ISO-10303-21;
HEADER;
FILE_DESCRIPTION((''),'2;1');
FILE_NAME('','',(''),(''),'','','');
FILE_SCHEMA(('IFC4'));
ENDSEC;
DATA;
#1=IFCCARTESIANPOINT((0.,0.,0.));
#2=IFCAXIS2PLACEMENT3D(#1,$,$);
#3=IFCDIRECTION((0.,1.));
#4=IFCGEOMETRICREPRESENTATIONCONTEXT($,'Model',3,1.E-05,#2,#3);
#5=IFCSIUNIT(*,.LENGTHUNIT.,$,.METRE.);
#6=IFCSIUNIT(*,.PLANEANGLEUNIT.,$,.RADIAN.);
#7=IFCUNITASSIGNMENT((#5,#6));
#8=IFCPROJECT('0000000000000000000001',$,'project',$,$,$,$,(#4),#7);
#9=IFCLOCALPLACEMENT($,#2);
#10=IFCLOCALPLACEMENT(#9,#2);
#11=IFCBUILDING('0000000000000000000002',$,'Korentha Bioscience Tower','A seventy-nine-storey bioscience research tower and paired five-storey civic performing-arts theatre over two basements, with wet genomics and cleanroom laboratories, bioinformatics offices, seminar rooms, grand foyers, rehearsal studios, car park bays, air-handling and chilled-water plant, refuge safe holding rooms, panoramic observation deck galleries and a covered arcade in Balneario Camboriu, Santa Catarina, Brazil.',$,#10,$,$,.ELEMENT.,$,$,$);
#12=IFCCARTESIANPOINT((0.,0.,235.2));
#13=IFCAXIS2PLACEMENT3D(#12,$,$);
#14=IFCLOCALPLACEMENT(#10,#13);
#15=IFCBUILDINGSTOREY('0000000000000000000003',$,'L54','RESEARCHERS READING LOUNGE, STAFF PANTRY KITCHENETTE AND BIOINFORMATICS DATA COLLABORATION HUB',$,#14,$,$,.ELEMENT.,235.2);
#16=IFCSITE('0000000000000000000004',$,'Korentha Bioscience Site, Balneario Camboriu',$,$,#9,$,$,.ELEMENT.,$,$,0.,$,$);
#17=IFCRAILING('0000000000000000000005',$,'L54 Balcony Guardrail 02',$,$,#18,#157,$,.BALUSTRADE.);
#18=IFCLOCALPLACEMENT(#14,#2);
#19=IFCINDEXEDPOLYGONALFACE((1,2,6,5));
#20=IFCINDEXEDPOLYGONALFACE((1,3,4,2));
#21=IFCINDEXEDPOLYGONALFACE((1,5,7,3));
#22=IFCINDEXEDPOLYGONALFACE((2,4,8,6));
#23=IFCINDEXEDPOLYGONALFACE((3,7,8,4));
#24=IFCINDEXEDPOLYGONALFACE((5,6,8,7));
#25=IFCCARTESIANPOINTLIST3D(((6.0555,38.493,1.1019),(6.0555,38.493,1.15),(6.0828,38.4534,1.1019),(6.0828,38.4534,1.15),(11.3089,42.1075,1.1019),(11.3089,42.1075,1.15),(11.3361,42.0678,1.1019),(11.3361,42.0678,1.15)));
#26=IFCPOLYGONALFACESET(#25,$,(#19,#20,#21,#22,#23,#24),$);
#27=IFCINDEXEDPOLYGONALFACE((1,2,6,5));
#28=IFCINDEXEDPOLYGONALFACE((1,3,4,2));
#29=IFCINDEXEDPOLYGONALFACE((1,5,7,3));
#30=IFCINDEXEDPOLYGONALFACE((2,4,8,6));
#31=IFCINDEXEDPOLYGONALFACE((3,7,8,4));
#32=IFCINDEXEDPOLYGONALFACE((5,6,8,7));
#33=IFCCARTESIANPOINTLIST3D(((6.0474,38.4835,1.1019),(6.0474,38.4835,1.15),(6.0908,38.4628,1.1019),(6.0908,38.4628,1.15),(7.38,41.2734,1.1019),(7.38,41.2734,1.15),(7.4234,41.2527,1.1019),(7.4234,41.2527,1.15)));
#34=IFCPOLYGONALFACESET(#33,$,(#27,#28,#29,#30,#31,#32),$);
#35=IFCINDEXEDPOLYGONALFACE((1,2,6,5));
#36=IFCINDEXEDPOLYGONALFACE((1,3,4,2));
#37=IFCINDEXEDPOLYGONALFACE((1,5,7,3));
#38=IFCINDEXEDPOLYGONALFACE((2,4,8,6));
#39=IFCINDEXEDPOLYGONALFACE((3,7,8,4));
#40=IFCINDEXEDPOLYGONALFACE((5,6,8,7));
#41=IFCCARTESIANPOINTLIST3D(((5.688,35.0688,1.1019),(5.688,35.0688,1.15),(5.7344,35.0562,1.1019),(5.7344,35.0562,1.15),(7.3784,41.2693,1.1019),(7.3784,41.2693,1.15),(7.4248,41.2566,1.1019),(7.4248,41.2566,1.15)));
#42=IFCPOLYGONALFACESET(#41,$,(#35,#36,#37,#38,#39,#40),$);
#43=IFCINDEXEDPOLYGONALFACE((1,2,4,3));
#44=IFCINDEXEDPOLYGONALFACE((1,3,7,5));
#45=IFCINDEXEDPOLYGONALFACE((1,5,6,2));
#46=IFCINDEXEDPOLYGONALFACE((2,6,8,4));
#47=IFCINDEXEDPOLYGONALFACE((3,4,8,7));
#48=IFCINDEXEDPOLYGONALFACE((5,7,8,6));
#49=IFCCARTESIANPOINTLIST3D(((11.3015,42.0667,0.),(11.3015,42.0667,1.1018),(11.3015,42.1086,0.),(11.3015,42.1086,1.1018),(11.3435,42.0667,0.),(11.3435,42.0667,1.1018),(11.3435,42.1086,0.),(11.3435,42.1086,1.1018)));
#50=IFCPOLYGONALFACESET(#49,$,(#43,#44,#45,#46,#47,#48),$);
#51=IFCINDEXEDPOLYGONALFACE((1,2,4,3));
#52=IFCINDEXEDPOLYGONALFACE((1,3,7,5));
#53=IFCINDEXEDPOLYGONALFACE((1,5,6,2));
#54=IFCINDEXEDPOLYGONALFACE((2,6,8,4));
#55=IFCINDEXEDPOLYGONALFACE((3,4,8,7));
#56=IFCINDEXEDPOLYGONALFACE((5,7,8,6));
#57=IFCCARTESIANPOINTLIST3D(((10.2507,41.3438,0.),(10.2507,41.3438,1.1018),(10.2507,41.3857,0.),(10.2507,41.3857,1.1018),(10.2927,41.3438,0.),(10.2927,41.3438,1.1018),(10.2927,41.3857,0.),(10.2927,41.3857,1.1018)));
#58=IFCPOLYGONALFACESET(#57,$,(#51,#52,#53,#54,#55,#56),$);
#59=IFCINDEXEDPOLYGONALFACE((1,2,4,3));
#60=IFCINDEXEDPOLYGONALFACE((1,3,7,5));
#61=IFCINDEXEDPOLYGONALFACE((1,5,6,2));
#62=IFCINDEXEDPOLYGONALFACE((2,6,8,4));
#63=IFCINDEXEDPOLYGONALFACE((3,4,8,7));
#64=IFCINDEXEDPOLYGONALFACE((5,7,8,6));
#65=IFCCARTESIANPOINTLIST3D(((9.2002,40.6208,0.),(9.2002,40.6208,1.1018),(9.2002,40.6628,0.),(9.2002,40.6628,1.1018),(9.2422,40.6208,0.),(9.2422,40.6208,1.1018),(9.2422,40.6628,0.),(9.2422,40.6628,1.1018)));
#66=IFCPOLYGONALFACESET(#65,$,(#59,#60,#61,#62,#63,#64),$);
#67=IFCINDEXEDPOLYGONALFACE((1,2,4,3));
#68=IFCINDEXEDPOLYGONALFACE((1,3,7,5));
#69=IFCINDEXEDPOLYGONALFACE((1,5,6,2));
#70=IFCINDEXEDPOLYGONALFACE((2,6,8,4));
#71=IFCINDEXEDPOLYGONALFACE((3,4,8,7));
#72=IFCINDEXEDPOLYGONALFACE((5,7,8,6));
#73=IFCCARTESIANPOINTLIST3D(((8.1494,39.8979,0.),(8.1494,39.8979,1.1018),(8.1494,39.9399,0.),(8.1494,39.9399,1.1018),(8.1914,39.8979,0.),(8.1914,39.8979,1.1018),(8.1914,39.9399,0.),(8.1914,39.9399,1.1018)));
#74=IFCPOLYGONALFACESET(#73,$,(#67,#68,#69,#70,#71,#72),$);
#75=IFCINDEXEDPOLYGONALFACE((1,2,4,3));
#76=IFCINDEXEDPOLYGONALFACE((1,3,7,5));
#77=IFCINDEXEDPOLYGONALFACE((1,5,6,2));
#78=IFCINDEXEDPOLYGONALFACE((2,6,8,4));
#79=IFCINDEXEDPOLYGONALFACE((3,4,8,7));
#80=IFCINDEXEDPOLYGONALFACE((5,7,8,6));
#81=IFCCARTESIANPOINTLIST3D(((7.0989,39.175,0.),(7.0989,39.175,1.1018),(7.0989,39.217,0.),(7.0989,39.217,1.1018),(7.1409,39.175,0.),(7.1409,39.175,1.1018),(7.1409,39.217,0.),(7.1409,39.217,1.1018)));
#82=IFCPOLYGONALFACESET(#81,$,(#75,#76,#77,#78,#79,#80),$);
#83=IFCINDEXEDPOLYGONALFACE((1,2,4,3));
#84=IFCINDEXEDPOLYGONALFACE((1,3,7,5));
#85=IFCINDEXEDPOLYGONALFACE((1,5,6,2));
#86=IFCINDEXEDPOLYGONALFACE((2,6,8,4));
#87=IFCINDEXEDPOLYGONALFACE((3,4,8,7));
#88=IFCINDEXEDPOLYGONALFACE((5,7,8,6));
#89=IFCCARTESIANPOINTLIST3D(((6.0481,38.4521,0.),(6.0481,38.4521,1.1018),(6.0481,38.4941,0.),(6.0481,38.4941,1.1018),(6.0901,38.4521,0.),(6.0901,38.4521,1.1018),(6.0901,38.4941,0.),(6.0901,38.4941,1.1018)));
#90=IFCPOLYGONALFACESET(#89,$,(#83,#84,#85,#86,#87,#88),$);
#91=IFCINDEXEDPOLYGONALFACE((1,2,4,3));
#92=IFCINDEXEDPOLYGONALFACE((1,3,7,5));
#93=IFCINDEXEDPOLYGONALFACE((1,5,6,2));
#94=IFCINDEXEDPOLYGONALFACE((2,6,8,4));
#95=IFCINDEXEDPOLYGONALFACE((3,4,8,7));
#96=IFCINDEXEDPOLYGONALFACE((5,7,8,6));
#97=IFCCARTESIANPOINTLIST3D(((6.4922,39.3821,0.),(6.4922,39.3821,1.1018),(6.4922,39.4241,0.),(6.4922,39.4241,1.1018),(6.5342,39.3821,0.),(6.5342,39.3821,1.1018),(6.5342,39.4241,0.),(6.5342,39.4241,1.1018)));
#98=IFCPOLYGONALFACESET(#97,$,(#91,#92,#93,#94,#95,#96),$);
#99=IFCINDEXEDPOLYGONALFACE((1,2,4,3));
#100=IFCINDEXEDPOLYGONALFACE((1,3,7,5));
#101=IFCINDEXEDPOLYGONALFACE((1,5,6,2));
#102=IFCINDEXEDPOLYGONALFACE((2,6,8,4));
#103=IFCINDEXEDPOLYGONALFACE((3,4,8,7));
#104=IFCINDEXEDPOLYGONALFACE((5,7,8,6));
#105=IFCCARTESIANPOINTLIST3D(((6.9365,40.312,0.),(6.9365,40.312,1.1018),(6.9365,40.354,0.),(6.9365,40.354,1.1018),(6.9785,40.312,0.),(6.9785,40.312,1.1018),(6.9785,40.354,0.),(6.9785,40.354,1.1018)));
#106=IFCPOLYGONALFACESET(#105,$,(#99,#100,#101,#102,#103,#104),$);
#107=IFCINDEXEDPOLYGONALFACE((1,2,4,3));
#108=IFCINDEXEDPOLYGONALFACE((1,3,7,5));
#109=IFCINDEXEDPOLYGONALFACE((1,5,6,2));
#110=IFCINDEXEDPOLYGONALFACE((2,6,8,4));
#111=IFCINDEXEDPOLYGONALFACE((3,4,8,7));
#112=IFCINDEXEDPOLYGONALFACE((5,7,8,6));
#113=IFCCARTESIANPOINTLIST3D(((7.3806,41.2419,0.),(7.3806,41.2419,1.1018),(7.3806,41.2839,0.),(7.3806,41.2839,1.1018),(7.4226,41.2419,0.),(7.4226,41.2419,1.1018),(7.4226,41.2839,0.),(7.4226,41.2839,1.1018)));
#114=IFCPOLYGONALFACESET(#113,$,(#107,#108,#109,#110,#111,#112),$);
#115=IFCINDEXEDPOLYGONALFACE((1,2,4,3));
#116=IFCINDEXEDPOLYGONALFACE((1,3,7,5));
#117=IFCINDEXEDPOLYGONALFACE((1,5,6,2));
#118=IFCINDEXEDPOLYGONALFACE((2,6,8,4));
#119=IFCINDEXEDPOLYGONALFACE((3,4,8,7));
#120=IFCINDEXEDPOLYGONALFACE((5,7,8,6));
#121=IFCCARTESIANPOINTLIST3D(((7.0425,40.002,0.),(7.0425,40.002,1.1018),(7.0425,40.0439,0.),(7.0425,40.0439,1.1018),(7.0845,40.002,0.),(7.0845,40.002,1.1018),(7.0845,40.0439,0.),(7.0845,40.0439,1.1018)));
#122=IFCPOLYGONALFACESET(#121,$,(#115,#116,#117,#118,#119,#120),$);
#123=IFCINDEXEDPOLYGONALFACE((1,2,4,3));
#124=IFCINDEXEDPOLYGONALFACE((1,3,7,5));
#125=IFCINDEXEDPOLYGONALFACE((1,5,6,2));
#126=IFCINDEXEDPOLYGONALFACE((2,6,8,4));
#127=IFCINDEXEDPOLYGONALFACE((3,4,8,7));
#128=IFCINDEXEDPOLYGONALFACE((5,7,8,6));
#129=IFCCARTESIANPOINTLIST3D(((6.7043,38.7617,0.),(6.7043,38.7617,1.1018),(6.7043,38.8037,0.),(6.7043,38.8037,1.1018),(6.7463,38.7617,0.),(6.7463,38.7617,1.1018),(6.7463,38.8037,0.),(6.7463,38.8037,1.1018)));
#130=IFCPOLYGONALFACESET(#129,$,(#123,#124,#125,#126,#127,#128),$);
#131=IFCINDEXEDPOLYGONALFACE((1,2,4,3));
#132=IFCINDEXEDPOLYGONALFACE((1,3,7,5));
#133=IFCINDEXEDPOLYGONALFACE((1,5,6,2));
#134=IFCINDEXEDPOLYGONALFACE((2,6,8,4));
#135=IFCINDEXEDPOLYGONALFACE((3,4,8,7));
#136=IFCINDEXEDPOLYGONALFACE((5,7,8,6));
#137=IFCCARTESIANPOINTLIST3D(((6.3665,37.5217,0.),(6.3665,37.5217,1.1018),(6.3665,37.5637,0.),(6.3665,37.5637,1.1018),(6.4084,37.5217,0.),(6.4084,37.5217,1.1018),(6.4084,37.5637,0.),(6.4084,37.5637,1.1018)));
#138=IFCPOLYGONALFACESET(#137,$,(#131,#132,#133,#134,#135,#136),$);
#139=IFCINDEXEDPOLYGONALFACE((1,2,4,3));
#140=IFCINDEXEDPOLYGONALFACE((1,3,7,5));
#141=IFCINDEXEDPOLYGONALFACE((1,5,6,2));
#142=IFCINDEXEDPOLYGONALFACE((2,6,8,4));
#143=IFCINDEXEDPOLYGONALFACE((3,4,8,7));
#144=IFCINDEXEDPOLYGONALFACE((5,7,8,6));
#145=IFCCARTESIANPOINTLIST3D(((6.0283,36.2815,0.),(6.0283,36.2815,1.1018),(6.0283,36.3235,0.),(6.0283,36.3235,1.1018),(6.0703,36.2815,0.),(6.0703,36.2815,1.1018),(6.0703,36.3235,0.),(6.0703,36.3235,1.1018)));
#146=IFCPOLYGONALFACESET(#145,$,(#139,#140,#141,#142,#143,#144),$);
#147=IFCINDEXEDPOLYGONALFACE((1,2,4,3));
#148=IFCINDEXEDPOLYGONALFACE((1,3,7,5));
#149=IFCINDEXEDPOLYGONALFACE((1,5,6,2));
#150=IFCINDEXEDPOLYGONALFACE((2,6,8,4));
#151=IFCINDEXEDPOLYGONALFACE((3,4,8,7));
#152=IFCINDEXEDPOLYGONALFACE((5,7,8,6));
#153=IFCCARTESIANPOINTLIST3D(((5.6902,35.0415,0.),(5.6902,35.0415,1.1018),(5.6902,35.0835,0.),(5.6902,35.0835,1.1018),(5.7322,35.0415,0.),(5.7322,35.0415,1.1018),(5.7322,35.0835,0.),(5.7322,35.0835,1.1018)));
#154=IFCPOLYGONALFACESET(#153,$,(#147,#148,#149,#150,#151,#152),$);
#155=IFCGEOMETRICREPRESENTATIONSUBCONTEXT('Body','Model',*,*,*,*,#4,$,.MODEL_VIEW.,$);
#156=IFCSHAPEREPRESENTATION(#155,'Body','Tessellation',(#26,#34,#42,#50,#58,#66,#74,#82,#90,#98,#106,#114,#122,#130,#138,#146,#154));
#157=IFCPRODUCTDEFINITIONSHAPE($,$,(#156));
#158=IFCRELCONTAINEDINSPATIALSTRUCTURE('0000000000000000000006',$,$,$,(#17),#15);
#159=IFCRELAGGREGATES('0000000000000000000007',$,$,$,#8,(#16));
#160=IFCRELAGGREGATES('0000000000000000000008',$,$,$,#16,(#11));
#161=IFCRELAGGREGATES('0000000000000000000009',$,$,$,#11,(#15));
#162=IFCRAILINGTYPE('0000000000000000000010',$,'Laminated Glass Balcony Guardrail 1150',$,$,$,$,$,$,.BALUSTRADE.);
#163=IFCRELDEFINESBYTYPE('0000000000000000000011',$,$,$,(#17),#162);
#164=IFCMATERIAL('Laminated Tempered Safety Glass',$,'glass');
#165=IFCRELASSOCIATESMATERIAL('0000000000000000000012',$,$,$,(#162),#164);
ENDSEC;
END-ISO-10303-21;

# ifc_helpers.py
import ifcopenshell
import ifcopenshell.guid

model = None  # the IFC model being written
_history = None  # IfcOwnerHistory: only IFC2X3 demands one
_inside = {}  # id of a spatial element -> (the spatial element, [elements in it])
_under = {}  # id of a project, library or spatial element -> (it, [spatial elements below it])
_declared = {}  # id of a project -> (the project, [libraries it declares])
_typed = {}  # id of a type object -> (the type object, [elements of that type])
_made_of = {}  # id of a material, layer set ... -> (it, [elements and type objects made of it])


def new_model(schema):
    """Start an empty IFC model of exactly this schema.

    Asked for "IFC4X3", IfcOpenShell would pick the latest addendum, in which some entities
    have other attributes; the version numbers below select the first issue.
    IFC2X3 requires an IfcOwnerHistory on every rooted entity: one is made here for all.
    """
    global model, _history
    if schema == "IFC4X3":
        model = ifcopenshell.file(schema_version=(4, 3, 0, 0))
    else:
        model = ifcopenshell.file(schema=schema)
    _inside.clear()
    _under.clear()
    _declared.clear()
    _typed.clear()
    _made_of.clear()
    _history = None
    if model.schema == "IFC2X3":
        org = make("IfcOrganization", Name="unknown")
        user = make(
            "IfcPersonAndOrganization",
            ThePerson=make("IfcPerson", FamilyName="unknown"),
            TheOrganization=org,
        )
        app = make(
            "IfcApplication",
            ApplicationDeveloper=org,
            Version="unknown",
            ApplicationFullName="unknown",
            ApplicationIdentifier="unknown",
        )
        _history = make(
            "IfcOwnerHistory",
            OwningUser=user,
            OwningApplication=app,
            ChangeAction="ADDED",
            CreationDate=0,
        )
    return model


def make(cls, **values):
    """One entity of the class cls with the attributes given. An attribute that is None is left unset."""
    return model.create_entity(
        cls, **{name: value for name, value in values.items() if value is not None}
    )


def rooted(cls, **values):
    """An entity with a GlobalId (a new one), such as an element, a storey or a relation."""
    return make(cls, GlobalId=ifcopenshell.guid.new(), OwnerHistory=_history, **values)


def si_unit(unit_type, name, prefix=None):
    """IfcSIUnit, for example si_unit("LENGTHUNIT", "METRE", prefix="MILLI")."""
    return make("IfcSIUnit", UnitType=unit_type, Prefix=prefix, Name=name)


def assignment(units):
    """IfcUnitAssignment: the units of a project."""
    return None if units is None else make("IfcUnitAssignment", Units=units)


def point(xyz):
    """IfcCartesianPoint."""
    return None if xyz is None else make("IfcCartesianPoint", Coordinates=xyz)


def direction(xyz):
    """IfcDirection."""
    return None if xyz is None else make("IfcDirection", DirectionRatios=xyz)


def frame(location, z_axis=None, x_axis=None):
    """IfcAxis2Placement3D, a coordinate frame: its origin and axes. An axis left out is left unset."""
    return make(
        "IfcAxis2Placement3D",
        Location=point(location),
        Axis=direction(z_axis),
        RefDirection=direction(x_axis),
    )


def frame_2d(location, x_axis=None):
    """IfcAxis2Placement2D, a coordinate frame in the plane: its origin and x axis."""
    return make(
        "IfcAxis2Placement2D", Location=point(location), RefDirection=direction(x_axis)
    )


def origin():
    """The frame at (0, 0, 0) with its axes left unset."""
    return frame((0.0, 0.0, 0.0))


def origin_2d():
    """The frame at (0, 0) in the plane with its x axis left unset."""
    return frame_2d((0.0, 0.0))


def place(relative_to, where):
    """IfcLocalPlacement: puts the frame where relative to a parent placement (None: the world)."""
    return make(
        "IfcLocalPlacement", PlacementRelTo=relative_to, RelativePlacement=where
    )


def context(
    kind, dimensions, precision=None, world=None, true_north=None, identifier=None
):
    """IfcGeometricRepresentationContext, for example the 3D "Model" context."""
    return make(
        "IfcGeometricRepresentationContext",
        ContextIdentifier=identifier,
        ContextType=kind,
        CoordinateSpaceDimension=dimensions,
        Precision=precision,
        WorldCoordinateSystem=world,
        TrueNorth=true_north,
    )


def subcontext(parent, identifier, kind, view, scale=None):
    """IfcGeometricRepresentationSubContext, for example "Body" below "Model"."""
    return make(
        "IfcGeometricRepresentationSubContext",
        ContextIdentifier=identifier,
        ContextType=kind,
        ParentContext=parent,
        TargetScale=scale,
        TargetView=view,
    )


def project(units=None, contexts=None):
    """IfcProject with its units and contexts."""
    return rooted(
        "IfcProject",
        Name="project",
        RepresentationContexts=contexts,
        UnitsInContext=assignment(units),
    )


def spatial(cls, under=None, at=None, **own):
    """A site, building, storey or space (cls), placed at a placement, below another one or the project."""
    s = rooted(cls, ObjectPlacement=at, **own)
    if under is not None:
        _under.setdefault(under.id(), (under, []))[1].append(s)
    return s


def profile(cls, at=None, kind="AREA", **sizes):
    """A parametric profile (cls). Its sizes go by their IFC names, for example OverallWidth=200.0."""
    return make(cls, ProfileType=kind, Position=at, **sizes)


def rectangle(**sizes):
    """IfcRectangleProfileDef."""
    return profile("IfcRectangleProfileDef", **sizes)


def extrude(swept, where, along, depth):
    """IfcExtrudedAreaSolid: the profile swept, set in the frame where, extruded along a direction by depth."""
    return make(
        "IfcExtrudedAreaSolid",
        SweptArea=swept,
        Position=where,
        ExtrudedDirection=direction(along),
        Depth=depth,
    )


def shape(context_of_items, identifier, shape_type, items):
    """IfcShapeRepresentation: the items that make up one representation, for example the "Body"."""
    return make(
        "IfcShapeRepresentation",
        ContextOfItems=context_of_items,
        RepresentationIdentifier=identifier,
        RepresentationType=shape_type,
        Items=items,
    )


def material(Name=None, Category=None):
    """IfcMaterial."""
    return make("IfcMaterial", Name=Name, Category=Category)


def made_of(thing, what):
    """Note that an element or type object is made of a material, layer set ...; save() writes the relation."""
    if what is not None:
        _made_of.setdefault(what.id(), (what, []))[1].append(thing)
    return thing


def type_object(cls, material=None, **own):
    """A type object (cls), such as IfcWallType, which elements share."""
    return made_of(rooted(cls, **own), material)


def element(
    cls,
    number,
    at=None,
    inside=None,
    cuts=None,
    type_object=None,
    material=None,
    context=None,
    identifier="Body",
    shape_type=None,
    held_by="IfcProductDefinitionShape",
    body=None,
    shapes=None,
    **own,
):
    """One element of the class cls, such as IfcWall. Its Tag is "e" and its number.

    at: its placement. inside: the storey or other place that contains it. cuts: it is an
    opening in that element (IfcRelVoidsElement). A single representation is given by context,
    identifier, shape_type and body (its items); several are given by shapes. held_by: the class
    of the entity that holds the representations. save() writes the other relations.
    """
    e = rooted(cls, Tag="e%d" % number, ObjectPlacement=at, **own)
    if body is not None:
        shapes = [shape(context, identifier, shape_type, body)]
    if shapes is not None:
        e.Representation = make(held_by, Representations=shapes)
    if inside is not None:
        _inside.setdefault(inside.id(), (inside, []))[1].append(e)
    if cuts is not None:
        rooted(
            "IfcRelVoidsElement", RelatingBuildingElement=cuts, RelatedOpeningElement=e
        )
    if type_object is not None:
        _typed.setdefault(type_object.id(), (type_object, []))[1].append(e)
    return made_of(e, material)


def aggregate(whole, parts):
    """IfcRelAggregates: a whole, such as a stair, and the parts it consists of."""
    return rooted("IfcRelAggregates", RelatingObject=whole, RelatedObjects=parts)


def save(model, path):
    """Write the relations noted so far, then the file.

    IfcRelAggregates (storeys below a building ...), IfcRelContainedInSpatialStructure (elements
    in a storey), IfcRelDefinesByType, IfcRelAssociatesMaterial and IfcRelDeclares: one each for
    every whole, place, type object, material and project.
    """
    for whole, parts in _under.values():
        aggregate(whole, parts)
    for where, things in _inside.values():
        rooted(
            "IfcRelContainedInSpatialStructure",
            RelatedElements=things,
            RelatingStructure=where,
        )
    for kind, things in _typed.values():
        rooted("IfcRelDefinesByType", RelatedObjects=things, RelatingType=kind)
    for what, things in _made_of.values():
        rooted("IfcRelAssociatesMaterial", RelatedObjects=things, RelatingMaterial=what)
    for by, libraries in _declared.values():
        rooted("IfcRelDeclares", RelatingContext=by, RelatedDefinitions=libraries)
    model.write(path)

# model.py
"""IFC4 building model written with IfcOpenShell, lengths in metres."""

from ifc_helpers import new_model, si_unit, direction, frame, origin, origin_2d, place, context, subcontext, project, spatial, rectangle, extrude, material, type_object, element, save


model = new_model("IFC4")

# Units and contexts
model_context = context("Model", 3, precision=1e-05, world=origin(), true_north=direction((0.0, 1.0)))
body_context = subcontext(model_context, "Body", "Model", "MODEL_VIEW")
ifc_project = project(units=[si_unit("LENGTHUNIT", "METRE"), si_unit("PLANEANGLEUNIT", "RADIAN")], contexts=[model_context])

# Site, building, storey
site_placement = place(None, origin())
site = spatial("IfcSite", under=ifc_project, at=site_placement, Name="Korentha Bioscience Site, Balneario Camboriu", CompositionType="ELEMENT", RefElevation=0.0)
building_placement = place(site_placement, origin())
building = spatial("IfcBuilding", under=site, at=building_placement, Name="Korentha Bioscience Tower", Description="A seventy-nine-storey bioscience research tower and paired five-storey civic performing-arts theatre over two basements, with wet genomics and cleanroom laboratories, bioinformatics offices, seminar rooms, grand foyers, rehearsal studios, car park bays, air-handling and chilled-water plant, refuge safe holding rooms, panoramic observation deck galleries and a covered arcade in Balneario Camboriu, Santa Catarina, Brazil.", CompositionType="ELEMENT")
storey_placement = place(building_placement, frame((0.0, 0.0, 235.2)))
storey = spatial("IfcBuildingStorey", under=building, at=storey_placement, Name="L54", Description="RESEARCHERS READING LOUNGE, STAFF PANTRY KITCHENETTE AND BIOINFORMATICS DATA COLLABORATION HUB", CompositionType="ELEMENT", Elevation=235.2)

# Railing
ifc_material_1 = material(Name="Laminated Tempered Safety Glass", Category="glass")
railing_type = type_object("IfcRailingType", Name="Laminated Glass Balcony Guardrail 1150", PredefinedType="BALUSTRADE", material=ifc_material_1)
railing_placement = place(storey_placement, frame((11.3225, 42.0876, 0.0)))
element("IfcRailing", 1, at=railing_placement, inside=storey, type_object=railing_type, Name="L54 Balcony Guardrail 02", PredefinedType="BALUSTRADE", context=body_context, shape_type="SweptSolid", body=[
    extrude(rectangle(XDim=0.0481, YDim=0.0481, at=origin_2d()), frame((0.0, 0.0, 1.126), z_axis=(-0.823839, -0.566825, 0.0), x_axis=(0.566825, -0.823839, 0.0)), (0.0, 0.0, 1.0), 6.3767),
    extrude(rectangle(XDim=0.0481, YDim=0.0481, at=origin_2d()), frame((-5.2534, -3.6145, 1.126), z_axis=(0.431, 0.902352, 0.0), x_axis=(-0.902352, 0.431, 0.0)), (0.0, 0.0, 1.0), 3.0918),
    extrude(rectangle(XDim=0.0481, YDim=0.0481, at=origin_2d()), frame((-3.9209, -0.8247, 1.126), z_axis=(-0.263031, -0.964787, 0.0), x_axis=(0.964787, -0.263031, 0.0)), (0.0, 0.0, 1.0), 6.4268),
    extrude(rectangle(XDim=0.042, YDim=0.042, at=origin_2d()), origin(), (0.0, 0.0, 1.0), 1.1018),
    extrude(rectangle(XDim=0.042, YDim=0.042, at=origin_2d()), frame((-1.0508, -0.7229, 0.0)), (0.0, 0.0, 1.0), 1.1018),
    extrude(rectangle(XDim=0.042, YDim=0.042, at=origin_2d()), frame((-2.1013, -1.4458, 0.0)), (0.0, 0.0, 1.0), 1.1018),
    extrude(rectangle(XDim=0.042, YDim=0.042, at=origin_2d()), frame((-3.1521, -2.1687, 0.0)), (0.0, 0.0, 1.0), 1.1018),
    extrude(rectangle(XDim=0.042, YDim=0.042, at=origin_2d()), frame((-4.2026, -2.8916, 0.0)), (0.0, 0.0, 1.0), 1.1018),
    extrude(rectangle(XDim=0.042, YDim=0.042, at=origin_2d()), frame((-5.2534, -3.6145, 0.0)), (0.0, 0.0, 1.0), 1.1018),
    extrude(rectangle(XDim=0.042, YDim=0.042, at=origin_2d()), frame((-4.8093, -2.6846, 0.0)), (0.0, 0.0, 1.0), 1.1018),
    extrude(rectangle(XDim=0.042, YDim=0.042, at=origin_2d()), frame((-4.365, -1.7546, 0.0)), (0.0, 0.0, 1.0), 1.1018),
    extrude(rectangle(XDim=0.042, YDim=0.042, at=origin_2d()), frame((-3.9209, -0.8247, 0.0)), (0.0, 0.0, 1.0), 1.1018),
    extrude(rectangle(XDim=0.042, YDim=0.042, at=origin_2d()), frame((-4.259, -2.0647, 0.0)), (0.0, 0.0, 1.0), 1.1018),
    extrude(rectangle(XDim=0.042, YDim=0.042, at=origin_2d()), frame((-4.5972, -3.3049, 0.0)), (0.0, 0.0, 1.0), 1.1018),
    extrude(rectangle(XDim=0.042, YDim=0.042, at=origin_2d()), frame((-4.9351, -4.5449, 0.0)), (0.0, 0.0, 1.0), 1.1018),
    extrude(rectangle(XDim=0.042, YDim=0.042, at=origin_2d()), frame((-5.2732, -5.7852, 0.0)), (0.0, 0.0, 1.0), 1.1018),
    extrude(rectangle(XDim=0.042, YDim=0.042, at=origin_2d()), frame((-5.6113, -7.0251, 0.0)), (0.0, 0.0, 1.0), 1.1018),
])

save(model, "model.ifc")
